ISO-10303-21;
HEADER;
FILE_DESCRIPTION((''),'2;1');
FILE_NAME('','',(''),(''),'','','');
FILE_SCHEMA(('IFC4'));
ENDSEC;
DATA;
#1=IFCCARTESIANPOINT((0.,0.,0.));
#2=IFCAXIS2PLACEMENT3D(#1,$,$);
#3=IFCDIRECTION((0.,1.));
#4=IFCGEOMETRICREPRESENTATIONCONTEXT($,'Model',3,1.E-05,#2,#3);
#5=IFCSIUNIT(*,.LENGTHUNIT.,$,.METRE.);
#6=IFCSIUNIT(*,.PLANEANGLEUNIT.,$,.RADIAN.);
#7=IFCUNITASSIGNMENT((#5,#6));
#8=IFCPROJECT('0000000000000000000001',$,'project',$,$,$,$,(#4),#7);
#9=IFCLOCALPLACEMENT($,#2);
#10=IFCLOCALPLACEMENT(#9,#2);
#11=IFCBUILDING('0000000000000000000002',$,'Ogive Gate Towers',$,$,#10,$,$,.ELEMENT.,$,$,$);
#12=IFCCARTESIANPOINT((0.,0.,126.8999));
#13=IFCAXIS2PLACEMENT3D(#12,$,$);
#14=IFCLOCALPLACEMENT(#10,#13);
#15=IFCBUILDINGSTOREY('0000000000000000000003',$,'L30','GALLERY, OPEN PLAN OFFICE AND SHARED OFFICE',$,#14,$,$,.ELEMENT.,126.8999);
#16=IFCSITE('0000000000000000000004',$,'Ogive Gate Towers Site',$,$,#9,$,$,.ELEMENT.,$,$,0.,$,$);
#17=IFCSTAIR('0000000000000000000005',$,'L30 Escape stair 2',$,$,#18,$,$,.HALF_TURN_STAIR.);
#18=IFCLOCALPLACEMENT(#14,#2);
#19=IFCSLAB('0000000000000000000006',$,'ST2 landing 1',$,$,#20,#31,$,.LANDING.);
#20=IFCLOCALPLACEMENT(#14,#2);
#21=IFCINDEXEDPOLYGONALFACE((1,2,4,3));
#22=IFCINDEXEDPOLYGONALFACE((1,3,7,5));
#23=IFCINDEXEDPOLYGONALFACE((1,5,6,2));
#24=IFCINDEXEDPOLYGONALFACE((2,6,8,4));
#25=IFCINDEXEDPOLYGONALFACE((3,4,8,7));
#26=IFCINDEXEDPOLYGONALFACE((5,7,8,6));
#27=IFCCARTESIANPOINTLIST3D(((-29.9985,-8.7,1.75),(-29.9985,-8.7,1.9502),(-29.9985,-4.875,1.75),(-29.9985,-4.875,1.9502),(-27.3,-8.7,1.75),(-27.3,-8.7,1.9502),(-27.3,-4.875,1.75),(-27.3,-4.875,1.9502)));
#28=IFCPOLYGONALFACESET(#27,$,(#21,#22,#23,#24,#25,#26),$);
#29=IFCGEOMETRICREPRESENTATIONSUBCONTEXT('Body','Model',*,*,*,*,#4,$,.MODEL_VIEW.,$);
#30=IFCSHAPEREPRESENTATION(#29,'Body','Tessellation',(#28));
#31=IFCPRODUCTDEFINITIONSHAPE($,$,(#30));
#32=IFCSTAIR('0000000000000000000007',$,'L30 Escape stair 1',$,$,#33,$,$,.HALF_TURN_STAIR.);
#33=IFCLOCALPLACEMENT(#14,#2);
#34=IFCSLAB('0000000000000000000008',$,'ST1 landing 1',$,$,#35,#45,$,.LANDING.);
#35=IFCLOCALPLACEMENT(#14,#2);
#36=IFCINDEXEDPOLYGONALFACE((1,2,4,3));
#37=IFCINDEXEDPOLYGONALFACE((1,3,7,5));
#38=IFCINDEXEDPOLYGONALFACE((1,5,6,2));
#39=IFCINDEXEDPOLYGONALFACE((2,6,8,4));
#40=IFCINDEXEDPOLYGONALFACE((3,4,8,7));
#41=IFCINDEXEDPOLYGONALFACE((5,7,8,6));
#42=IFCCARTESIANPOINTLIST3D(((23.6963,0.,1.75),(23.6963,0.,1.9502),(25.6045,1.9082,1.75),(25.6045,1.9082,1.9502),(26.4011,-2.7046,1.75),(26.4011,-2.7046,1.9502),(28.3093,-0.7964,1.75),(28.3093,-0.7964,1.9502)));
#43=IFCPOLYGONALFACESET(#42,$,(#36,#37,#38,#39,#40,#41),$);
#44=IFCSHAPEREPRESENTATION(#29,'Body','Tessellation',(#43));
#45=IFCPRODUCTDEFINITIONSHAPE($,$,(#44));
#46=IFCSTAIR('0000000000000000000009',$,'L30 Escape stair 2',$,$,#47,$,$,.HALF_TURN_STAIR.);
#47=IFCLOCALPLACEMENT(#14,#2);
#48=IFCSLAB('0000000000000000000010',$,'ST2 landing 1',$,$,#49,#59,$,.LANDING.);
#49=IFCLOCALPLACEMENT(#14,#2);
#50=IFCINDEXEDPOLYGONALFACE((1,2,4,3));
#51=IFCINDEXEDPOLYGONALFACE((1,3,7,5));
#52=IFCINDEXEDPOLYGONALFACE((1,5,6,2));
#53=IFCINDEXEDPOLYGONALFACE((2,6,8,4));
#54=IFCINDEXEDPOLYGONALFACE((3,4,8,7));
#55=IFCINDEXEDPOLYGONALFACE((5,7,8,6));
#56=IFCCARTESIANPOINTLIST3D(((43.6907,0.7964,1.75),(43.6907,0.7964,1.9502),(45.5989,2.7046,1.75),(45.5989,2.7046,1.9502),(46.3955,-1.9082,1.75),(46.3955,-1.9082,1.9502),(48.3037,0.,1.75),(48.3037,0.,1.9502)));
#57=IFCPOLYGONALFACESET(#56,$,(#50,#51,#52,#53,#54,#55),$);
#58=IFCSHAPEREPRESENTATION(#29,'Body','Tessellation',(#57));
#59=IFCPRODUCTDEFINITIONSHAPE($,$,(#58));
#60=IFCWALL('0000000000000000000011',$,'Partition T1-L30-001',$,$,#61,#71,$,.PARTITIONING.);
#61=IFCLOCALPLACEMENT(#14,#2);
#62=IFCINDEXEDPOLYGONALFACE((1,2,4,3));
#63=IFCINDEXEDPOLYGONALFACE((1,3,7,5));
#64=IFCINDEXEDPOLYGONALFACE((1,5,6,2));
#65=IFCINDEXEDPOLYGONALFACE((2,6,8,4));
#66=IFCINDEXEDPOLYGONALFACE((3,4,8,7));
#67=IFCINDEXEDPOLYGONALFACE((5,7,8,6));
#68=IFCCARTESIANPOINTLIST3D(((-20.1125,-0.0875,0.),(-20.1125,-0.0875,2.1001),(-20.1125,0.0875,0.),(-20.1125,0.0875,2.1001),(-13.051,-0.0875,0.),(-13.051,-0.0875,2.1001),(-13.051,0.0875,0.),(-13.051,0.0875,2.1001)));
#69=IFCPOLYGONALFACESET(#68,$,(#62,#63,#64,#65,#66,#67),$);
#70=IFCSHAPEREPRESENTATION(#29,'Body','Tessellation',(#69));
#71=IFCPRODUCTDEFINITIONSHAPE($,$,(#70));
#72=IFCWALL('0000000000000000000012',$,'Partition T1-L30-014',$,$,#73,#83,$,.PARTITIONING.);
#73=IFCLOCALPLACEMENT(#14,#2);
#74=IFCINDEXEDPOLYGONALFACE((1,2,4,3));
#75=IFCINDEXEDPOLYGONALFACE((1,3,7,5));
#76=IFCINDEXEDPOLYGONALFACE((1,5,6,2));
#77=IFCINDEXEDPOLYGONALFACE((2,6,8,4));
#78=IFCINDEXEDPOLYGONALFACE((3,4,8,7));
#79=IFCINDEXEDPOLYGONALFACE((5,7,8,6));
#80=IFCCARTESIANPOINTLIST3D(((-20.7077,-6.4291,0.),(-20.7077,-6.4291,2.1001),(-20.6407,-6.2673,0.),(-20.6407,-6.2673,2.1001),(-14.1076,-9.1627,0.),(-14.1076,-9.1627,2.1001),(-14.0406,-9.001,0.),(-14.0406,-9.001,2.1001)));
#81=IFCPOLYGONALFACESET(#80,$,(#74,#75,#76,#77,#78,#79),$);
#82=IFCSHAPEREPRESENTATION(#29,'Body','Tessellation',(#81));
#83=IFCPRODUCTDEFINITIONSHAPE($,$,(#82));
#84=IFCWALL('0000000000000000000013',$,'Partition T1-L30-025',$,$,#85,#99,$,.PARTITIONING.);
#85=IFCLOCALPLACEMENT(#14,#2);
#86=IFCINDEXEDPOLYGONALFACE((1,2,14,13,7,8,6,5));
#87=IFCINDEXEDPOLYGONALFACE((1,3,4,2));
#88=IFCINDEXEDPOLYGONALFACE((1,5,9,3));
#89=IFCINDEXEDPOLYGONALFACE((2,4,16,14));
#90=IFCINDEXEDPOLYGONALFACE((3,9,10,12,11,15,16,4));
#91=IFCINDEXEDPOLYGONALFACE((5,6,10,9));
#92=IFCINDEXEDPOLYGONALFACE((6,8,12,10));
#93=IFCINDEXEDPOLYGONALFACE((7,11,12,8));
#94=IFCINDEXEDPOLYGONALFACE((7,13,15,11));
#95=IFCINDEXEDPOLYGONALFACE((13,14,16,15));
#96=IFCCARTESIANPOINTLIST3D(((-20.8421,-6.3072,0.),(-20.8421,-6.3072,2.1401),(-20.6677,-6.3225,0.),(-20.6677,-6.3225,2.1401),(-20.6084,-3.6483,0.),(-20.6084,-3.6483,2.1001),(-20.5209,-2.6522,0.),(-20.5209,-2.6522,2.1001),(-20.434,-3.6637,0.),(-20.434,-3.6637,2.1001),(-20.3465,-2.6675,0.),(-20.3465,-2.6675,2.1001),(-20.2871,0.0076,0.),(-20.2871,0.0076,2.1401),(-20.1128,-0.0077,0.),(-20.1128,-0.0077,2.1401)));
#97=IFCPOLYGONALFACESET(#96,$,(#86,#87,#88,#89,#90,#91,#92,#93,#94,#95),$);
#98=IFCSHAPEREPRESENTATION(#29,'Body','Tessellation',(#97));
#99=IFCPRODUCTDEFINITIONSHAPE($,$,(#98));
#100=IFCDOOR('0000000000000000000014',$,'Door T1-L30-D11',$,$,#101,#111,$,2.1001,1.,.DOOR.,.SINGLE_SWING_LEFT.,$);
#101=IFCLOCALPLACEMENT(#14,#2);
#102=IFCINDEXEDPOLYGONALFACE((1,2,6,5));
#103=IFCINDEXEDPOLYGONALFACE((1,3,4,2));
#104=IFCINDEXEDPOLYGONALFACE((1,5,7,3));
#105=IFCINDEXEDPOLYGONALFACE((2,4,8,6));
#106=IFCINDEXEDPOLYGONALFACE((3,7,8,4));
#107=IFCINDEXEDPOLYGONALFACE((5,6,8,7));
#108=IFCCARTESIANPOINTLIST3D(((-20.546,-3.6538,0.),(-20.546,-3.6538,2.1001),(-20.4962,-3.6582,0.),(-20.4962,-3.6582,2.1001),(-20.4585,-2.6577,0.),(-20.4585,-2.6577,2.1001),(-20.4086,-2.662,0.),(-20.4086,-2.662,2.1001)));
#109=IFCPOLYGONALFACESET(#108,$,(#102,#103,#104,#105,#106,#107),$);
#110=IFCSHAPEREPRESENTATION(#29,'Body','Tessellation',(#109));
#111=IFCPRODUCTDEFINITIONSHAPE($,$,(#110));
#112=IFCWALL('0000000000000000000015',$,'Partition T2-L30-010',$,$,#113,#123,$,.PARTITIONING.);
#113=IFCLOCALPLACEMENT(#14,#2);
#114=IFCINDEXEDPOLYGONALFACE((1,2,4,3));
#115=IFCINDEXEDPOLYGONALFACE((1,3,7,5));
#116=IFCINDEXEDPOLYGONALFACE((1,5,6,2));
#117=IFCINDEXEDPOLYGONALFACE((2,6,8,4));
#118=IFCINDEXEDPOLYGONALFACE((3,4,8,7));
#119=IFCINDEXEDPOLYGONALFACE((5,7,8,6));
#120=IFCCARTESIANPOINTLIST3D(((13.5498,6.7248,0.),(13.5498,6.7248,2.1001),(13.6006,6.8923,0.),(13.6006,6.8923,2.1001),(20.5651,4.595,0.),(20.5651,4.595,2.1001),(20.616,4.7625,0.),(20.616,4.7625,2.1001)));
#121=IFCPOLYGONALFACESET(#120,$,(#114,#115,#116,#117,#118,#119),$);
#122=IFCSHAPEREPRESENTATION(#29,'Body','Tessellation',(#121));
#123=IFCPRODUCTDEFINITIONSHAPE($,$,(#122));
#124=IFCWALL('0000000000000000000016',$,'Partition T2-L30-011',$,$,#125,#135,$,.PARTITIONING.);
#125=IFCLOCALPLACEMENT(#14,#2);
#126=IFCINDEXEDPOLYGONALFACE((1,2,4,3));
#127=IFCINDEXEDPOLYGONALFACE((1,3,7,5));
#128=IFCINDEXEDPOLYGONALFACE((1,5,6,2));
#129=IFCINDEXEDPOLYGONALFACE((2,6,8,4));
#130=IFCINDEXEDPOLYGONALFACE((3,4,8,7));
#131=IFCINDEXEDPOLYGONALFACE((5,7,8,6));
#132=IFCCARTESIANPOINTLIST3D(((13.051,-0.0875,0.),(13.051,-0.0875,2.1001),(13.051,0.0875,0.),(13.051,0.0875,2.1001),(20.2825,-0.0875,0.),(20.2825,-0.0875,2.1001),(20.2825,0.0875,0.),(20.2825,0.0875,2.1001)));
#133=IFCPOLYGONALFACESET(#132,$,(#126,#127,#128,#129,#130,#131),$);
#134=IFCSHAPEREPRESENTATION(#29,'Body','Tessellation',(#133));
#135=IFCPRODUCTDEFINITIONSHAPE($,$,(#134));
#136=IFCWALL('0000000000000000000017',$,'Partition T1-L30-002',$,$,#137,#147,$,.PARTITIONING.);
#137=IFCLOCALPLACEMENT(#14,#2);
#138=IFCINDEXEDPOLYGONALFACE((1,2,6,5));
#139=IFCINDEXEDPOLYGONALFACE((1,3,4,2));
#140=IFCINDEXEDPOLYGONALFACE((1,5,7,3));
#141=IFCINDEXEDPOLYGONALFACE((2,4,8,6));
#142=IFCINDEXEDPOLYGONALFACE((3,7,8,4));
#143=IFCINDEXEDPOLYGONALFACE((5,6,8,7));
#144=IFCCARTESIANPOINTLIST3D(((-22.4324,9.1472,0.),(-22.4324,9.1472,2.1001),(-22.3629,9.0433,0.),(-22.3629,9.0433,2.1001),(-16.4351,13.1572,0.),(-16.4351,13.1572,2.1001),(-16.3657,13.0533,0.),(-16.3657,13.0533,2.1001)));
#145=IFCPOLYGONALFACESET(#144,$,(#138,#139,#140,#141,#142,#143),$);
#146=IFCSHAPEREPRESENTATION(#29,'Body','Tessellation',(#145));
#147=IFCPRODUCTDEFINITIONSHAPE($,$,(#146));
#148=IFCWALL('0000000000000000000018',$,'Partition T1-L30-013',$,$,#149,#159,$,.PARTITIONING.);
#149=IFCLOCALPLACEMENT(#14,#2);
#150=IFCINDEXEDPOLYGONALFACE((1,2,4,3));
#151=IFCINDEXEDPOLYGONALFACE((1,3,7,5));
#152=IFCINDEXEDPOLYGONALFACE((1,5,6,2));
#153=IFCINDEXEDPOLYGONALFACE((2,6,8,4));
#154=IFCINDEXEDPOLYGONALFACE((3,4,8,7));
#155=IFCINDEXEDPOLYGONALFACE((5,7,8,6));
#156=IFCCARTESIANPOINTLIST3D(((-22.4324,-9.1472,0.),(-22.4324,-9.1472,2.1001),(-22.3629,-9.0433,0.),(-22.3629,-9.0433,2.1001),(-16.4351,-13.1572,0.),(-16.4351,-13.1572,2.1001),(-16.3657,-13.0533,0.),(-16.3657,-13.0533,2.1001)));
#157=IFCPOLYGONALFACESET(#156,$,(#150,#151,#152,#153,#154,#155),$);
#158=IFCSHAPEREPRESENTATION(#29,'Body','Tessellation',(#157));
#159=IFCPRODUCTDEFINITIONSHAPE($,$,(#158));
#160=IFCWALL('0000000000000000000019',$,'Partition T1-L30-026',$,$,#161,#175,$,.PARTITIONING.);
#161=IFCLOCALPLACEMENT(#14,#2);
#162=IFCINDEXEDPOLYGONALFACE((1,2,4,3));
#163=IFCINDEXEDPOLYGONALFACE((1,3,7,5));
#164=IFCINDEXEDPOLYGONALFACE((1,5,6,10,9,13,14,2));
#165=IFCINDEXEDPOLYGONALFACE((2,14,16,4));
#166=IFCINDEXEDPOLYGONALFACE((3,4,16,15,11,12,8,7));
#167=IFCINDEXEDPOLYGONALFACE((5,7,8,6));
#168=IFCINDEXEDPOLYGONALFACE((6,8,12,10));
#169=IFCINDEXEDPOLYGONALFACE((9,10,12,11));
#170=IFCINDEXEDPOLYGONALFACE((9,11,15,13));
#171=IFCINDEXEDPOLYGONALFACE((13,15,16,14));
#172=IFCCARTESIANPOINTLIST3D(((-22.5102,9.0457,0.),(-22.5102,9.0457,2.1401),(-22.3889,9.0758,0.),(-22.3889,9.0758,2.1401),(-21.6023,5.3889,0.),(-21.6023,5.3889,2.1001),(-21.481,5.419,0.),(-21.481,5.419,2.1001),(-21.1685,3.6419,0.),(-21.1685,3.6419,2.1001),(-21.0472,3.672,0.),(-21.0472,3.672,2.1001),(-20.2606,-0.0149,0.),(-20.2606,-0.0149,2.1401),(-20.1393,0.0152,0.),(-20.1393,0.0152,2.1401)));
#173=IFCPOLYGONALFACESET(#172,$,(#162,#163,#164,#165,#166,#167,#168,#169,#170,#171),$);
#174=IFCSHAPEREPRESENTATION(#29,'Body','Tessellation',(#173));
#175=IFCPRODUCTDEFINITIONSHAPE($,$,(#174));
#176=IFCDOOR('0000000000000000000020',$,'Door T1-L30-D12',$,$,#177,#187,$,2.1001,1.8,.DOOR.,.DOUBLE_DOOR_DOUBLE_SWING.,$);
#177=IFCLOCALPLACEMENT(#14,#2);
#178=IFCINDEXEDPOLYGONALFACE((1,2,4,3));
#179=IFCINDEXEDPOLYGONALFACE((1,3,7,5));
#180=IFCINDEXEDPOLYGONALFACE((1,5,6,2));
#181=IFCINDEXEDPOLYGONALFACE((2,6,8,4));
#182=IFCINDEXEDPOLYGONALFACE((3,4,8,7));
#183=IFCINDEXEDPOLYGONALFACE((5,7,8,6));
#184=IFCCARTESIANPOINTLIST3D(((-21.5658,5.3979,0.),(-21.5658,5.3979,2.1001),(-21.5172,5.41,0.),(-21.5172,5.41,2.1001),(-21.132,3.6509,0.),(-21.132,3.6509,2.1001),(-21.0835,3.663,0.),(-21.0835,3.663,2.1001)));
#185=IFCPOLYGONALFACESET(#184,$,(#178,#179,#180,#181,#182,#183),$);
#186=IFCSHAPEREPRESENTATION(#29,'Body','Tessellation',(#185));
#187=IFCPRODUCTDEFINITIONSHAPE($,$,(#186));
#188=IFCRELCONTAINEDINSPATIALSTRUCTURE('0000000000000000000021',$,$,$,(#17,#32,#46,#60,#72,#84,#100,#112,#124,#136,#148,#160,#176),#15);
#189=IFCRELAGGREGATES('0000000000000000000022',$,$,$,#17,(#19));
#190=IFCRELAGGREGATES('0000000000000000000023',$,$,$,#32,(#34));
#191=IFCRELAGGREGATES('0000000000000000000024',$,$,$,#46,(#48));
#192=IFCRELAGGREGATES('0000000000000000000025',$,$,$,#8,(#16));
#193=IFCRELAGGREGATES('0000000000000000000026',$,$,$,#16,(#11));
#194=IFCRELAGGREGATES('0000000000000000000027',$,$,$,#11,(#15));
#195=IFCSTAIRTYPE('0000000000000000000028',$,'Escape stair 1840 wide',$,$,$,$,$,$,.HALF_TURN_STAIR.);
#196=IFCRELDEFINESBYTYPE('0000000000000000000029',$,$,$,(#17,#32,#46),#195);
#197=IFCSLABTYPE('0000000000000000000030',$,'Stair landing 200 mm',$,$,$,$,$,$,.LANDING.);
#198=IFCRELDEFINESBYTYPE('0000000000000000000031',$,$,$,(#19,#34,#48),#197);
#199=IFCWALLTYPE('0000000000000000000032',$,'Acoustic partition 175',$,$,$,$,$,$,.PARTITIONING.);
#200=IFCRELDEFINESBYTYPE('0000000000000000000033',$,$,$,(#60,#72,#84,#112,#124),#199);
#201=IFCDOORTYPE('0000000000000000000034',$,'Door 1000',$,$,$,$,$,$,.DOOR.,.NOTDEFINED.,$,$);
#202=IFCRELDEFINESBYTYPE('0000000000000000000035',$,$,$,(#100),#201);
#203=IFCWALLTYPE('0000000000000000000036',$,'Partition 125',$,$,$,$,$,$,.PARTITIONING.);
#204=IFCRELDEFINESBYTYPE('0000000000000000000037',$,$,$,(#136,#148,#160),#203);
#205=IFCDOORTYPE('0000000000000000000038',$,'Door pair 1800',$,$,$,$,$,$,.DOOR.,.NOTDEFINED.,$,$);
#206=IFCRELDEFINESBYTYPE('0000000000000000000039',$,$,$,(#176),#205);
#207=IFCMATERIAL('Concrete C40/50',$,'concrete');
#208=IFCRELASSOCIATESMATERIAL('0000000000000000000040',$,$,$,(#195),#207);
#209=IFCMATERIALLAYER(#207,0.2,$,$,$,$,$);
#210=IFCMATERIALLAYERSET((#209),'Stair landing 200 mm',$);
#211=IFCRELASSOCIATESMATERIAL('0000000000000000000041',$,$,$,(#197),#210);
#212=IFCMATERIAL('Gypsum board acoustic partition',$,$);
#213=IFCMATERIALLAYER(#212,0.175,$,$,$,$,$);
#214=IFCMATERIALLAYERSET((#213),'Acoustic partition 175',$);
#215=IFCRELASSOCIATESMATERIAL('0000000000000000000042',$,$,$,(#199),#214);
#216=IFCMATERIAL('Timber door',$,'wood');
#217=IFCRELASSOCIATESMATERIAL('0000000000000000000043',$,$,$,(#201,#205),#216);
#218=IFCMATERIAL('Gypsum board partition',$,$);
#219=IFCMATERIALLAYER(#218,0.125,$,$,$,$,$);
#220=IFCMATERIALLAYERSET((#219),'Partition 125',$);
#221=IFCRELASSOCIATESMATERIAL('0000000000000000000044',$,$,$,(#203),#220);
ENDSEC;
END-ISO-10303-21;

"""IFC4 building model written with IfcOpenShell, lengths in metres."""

from ifc_helpers import new_model, si_unit, direction, frame, frame_2d, origin, place, context, subcontext, project, spatial, polyline, rectangle, outline, extrude, material, layer, layer_set, type_object, element, fill, aggregate, save


model = new_model("IFC4")

# Units and contexts
model_context = context("Model", 3, precision=1e-05, world=origin(), true_north=direction((0.0, 1.0)))
body_context = subcontext(model_context, "Body", "Model", "MODEL_VIEW")
ifc_project = project(units=[si_unit("LENGTHUNIT", "METRE"), si_unit("PLANEANGLEUNIT", "RADIAN")], contexts=[model_context])

# Site, building, storey
site_placement = place(None, origin())
site = spatial("IfcSite", under=ifc_project, at=site_placement, Name="Ogive Gate Towers Site", CompositionType="ELEMENT", RefElevation=0.0)
building_placement = place(site_placement, origin())
building = spatial("IfcBuilding", under=site, at=building_placement, Name="Ogive Gate Towers", CompositionType="ELEMENT")
storey_placement = place(building_placement, frame((0.0, 0.0, 126.8999)))
storey = spatial("IfcBuildingStorey", under=building, at=storey_placement, Name="L30", Description="GALLERY, OPEN PLAN OFFICE AND SHARED OFFICE", CompositionType="ELEMENT", Elevation=126.8999)

# Shared definitions
ifc_material_1 = material(Name="Concrete C40/50", Category="concrete")

# Stairs, slabs
stair_type = type_object("IfcStairType", Name="Escape stair 1840 wide", PredefinedType="HALF_TURN_STAIR", material=ifc_material_1)
ifc_layer_1 = layer(ifc_material_1, 0.2)
ifc_layer_set_1 = layer_set([ifc_layer_1], Name="Stair landing 200 mm")
slab_type_1 = type_object("IfcSlabType", Name="Stair landing 200 mm", PredefinedType="LANDING", material=ifc_layer_set_1)
stair_1_placement = place(storey_placement, origin())
stair_1 = element("IfcStair", 1, at=stair_1_placement, inside=storey, type_object=stair_type, Name="L30 Escape stair 2", PredefinedType="HALF_TURN_STAIR")
slab_1_placement = place(storey_placement, frame((0.0, 0.0, 1.75)))
slab_1 = element("IfcSlab", 2, at=slab_1_placement, type_object=slab_type_1, Name="ST2 landing 1", PredefinedType="LANDING", context=body_context, shape_type="SweptSolid", body=[
    extrude(outline(polyline([(-29.9985, -8.7), (-27.3, -8.7), (-27.3, -4.875), (-29.9985, -4.875), (-29.9985, -8.7)])), origin(), (0.0, 0.0, 1.0), 0.2002),
])
aggregate(stair_1, [slab_1])
stair_2_placement = place(storey_placement, origin())
stair_2 = element("IfcStair", 3, at=stair_2_placement, inside=storey, type_object=stair_type, Name="L30 Escape stair 1", PredefinedType="HALF_TURN_STAIR")
slab_2_placement = place(storey_placement, frame((0.0, 0.0, 1.75)))
slab_2 = element("IfcSlab", 4, at=slab_2_placement, type_object=slab_type_1, Name="ST1 landing 1", PredefinedType="LANDING", context=body_context, shape_type="SweptSolid", body=[
    extrude(outline(polyline([(25.6045, 1.9082), (23.6963, 0.0), (26.4011, -2.7046), (28.3093, -0.7964), (25.6045, 1.9082)])), origin(), (0.0, 0.0, 1.0), 0.2002),
])
aggregate(stair_2, [slab_2])
stair_3_placement = place(storey_placement, origin())
stair_3 = element("IfcStair", 5, at=stair_3_placement, inside=storey, type_object=stair_type, Name="L30 Escape stair 2", PredefinedType="HALF_TURN_STAIR")
slab_3_placement = place(storey_placement, frame((0.0, 0.0, 1.75)))
slab_3 = element("IfcSlab", 6, at=slab_3_placement, type_object=slab_type_1, Name="ST2 landing 1", PredefinedType="LANDING", context=body_context, shape_type="SweptSolid", body=[
    extrude(outline(polyline([(46.3955, -1.9082), (48.3037, 0.0), (45.5989, 2.7046), (43.6907, 0.7964), (46.3955, -1.9082)])), origin(), (0.0, 0.0, 1.0), 0.2002),
])
aggregate(stair_3, [slab_3])

# Walls
ifc_material_2 = material(Name="Gypsum board acoustic partition")
ifc_layer_2 = layer(ifc_material_2, 0.175)
ifc_layer_set_2 = layer_set([ifc_layer_2], Name="Acoustic partition 175")
wall_type_1 = type_object("IfcWallType", Name="Acoustic partition 175", PredefinedType="PARTITIONING", material=ifc_layer_set_2)
wall_1_placement = place(storey_placement, frame((-13.051, 0.0, 0.0), z_axis=(0.0, 0.0, 1.0), x_axis=(-1.0, 0.0, 0.0)))
element("IfcWall", 7, at=wall_1_placement, inside=storey, type_object=wall_type_1, Name="Partition T1-L30-001", PredefinedType="PARTITIONING", context=body_context, shape_type="SweptSolid", body=[
    extrude(rectangle(XDim=7.0615, YDim=0.175, at=frame_2d((3.5308, 0.0))), origin(), (0.0, 0.0, 1.0), 2.1001),
])
wall_2_placement = place(storey_placement, frame((-14.0742, -9.0818, 0.0), z_axis=(0.0, 0.0, 1.0), x_axis=(-0.92389, 0.382659, 0.0)))
element("IfcWall", 8, at=wall_2_placement, inside=storey, type_object=wall_type_1, Name="Partition T1-L30-014", PredefinedType="PARTITIONING", context=body_context, shape_type="SweptSolid", body=[
    extrude(rectangle(XDim=7.1438, YDim=0.175, at=frame_2d((3.5718, 0.0))), origin(), (0.0, 0.0, 1.0), 2.1001),
])

# Wall, opening, door
wall_3_placement = place(storey_placement, frame((-20.7549, -6.3147, 0.0), z_axis=(0.0, 0.0, 1.0), x_axis=(0.087542, 0.996161, 0.0)))
wall_3 = element("IfcWall", 9, at=wall_3_placement, inside=storey, type_object=wall_type_1, Name="Partition T1-L30-025", PredefinedType="PARTITIONING", context=body_context, shape_type="SweptSolid", body=[
    extrude(rectangle(XDim=6.3391, YDim=0.175, at=frame_2d((3.1694, 0.0))), origin(), (0.0, 0.0, 1.0), 2.1401),
])
opening_1_placement = place(wall_3_placement, frame((2.6689, 0.0, 0.0)))
opening_1 = element("IfcOpeningElement", 10, at=opening_1_placement, cuts=wall_3, PredefinedType="OPENING", context=body_context, shape_type="SweptSolid", body=[
    extrude(rectangle(XDim=1.0, YDim=2.1001, at=frame_2d((0.5, 1.05))), frame((0.0, 0.0977, 0.0), z_axis=(0.0, -1.0, 0.0), x_axis=(1.0, 0.0, 0.0)), (0.0, 0.0, 1.0), 0.1951),
])
ifc_material_3 = material(Name="Timber door", Category="wood")
door_type_1 = type_object("IfcDoorType", Name="Door 1000", OperationType="NOTDEFINED", PredefinedType="DOOR", material=ifc_material_3)
door_1_placement = place(opening_1_placement, origin())
door_1 = element("IfcDoor", 11, at=door_1_placement, inside=storey, type_object=door_type_1, Name="Door T1-L30-D11", OperationType="SINGLE_SWING_LEFT", OverallHeight=2.1001, OverallWidth=1.0, PredefinedType="DOOR", context=body_context, shape_type="SweptSolid", body=[
    extrude(rectangle(XDim=1.0, YDim=2.1001, at=frame_2d((0.5, 1.05))), frame((0.0, 0.0249, 0.0), z_axis=(0.0, -1.0, 0.0), x_axis=(1.0, 0.0, 0.0)), (0.0, 0.0, 1.0), 0.05),
])
fill(opening_1, door_1)

# Walls
wall_4_placement = place(storey_placement, frame((13.5752, 6.8086, 0.0), z_axis=(0.0, 0.0, 1.0), x_axis=(0.956872, -0.290508, 0.0)))
element("IfcWall", 12, at=wall_4_placement, inside=storey, type_object=wall_type_1, Name="Partition T2-L30-010", PredefinedType="PARTITIONING", context=body_context, shape_type="SweptSolid", body=[
    extrude(rectangle(XDim=7.3315, YDim=0.175, at=frame_2d((3.6658, 0.0))), origin(), (0.0, 0.0, 1.0), 2.1001),
])
wall_5_placement = place(storey_placement, frame((13.051, 0.0, 0.0), z_axis=(0.0, 0.0, 1.0), x_axis=(1.0, 0.0, 0.0)))
element("IfcWall", 13, at=wall_5_placement, inside=storey, type_object=wall_type_1, Name="Partition T2-L30-011", PredefinedType="PARTITIONING", context=body_context, shape_type="SweptSolid", body=[
    extrude(rectangle(XDim=7.2314, YDim=0.175, at=frame_2d((3.6157, 0.0))), origin(), (0.0, 0.0, 1.0), 2.1001),
])
ifc_material_4 = material(Name="Gypsum board partition")
ifc_layer_3 = layer(ifc_material_4, 0.125)
ifc_layer_set_3 = layer_set([ifc_layer_3], Name="Partition 125")
wall_type_2 = type_object("IfcWallType", Name="Partition 125", PredefinedType="PARTITIONING", material=ifc_layer_set_3)
for number, where, z_axis, x_axis, name in (
    (14, (-16.4004, 13.1052, 0.0), (0.0, 0.0, 1.0), (-0.831295, -0.555832, 0.0), "Partition T1-L30-002"),
    (15, (-16.4004, -13.1052, 0.0), (0.0, 0.0, 1.0), (-0.831295, 0.555832, 0.0), "Partition T1-L30-013"),
):
    element("IfcWall", number, at=place(storey_placement, frame(where, z_axis=z_axis, x_axis=x_axis)), inside=storey, type_object=wall_type_2, Name=name, PredefinedType="PARTITIONING", context=body_context, shape_type="SweptSolid", body=[
        extrude(rectangle(XDim=7.2144, YDim=0.125, at=frame_2d((3.6072, 0.0))), origin(), (0.0, 0.0, 1.0), 2.1001),
    ])

# Wall, opening, door
wall_6_placement = place(storey_placement, frame((-20.2, 0.0, 0.0), z_axis=(0.0, 0.0, 1.0), x_axis=(-0.24096, 0.970535, 0.0)))
wall_6 = element("IfcWall", 16, at=wall_6_placement, inside=storey, type_object=wall_type_2, Name="Partition T1-L30-026", PredefinedType="PARTITIONING", context=body_context, shape_type="SweptSolid", body=[
    extrude(rectangle(XDim=9.3357, YDim=0.125, at=frame_2d((4.668, 0.0))), origin(), (0.0, 0.0, 1.0), 2.1401),
])
opening_2_placement = place(wall_6_placement, frame((3.7681, 0.0, 0.0)))
opening_2 = element("IfcOpeningElement", 17, at=opening_2_placement, cuts=wall_6, PredefinedType="OPENING", context=body_context, shape_type="SweptSolid", body=[
    extrude(rectangle(XDim=1.8, YDim=2.1001, at=frame_2d((0.8999, 1.05))), frame((0.0, 0.0725, 0.0), z_axis=(0.0, -1.0, 0.0), x_axis=(1.0, 0.0, 0.0)), (0.0, 0.0, 1.0), 0.145),
])
door_type_2 = type_object("IfcDoorType", Name="Door pair 1800", OperationType="NOTDEFINED", PredefinedType="DOOR", material=ifc_material_3)
door_2_placement = place(opening_2_placement, origin())
door_2 = element("IfcDoor", 18, at=door_2_placement, inside=storey, type_object=door_type_2, Name="Door T1-L30-D12", OperationType="DOUBLE_DOOR_DOUBLE_SWING", OverallHeight=2.1001, OverallWidth=1.8, PredefinedType="DOOR", context=body_context, shape_type="SweptSolid", body=[
    extrude(rectangle(XDim=1.8, YDim=2.1001, at=frame_2d((0.8999, 1.05))), frame((0.0, 0.0249, 0.0), z_axis=(0.0, -1.0, 0.0), x_axis=(1.0, 0.0, 0.0)), (0.0, 0.0, 1.0), 0.05),
])
fill(opening_2, door_2)

save(model, "model.ifc")
